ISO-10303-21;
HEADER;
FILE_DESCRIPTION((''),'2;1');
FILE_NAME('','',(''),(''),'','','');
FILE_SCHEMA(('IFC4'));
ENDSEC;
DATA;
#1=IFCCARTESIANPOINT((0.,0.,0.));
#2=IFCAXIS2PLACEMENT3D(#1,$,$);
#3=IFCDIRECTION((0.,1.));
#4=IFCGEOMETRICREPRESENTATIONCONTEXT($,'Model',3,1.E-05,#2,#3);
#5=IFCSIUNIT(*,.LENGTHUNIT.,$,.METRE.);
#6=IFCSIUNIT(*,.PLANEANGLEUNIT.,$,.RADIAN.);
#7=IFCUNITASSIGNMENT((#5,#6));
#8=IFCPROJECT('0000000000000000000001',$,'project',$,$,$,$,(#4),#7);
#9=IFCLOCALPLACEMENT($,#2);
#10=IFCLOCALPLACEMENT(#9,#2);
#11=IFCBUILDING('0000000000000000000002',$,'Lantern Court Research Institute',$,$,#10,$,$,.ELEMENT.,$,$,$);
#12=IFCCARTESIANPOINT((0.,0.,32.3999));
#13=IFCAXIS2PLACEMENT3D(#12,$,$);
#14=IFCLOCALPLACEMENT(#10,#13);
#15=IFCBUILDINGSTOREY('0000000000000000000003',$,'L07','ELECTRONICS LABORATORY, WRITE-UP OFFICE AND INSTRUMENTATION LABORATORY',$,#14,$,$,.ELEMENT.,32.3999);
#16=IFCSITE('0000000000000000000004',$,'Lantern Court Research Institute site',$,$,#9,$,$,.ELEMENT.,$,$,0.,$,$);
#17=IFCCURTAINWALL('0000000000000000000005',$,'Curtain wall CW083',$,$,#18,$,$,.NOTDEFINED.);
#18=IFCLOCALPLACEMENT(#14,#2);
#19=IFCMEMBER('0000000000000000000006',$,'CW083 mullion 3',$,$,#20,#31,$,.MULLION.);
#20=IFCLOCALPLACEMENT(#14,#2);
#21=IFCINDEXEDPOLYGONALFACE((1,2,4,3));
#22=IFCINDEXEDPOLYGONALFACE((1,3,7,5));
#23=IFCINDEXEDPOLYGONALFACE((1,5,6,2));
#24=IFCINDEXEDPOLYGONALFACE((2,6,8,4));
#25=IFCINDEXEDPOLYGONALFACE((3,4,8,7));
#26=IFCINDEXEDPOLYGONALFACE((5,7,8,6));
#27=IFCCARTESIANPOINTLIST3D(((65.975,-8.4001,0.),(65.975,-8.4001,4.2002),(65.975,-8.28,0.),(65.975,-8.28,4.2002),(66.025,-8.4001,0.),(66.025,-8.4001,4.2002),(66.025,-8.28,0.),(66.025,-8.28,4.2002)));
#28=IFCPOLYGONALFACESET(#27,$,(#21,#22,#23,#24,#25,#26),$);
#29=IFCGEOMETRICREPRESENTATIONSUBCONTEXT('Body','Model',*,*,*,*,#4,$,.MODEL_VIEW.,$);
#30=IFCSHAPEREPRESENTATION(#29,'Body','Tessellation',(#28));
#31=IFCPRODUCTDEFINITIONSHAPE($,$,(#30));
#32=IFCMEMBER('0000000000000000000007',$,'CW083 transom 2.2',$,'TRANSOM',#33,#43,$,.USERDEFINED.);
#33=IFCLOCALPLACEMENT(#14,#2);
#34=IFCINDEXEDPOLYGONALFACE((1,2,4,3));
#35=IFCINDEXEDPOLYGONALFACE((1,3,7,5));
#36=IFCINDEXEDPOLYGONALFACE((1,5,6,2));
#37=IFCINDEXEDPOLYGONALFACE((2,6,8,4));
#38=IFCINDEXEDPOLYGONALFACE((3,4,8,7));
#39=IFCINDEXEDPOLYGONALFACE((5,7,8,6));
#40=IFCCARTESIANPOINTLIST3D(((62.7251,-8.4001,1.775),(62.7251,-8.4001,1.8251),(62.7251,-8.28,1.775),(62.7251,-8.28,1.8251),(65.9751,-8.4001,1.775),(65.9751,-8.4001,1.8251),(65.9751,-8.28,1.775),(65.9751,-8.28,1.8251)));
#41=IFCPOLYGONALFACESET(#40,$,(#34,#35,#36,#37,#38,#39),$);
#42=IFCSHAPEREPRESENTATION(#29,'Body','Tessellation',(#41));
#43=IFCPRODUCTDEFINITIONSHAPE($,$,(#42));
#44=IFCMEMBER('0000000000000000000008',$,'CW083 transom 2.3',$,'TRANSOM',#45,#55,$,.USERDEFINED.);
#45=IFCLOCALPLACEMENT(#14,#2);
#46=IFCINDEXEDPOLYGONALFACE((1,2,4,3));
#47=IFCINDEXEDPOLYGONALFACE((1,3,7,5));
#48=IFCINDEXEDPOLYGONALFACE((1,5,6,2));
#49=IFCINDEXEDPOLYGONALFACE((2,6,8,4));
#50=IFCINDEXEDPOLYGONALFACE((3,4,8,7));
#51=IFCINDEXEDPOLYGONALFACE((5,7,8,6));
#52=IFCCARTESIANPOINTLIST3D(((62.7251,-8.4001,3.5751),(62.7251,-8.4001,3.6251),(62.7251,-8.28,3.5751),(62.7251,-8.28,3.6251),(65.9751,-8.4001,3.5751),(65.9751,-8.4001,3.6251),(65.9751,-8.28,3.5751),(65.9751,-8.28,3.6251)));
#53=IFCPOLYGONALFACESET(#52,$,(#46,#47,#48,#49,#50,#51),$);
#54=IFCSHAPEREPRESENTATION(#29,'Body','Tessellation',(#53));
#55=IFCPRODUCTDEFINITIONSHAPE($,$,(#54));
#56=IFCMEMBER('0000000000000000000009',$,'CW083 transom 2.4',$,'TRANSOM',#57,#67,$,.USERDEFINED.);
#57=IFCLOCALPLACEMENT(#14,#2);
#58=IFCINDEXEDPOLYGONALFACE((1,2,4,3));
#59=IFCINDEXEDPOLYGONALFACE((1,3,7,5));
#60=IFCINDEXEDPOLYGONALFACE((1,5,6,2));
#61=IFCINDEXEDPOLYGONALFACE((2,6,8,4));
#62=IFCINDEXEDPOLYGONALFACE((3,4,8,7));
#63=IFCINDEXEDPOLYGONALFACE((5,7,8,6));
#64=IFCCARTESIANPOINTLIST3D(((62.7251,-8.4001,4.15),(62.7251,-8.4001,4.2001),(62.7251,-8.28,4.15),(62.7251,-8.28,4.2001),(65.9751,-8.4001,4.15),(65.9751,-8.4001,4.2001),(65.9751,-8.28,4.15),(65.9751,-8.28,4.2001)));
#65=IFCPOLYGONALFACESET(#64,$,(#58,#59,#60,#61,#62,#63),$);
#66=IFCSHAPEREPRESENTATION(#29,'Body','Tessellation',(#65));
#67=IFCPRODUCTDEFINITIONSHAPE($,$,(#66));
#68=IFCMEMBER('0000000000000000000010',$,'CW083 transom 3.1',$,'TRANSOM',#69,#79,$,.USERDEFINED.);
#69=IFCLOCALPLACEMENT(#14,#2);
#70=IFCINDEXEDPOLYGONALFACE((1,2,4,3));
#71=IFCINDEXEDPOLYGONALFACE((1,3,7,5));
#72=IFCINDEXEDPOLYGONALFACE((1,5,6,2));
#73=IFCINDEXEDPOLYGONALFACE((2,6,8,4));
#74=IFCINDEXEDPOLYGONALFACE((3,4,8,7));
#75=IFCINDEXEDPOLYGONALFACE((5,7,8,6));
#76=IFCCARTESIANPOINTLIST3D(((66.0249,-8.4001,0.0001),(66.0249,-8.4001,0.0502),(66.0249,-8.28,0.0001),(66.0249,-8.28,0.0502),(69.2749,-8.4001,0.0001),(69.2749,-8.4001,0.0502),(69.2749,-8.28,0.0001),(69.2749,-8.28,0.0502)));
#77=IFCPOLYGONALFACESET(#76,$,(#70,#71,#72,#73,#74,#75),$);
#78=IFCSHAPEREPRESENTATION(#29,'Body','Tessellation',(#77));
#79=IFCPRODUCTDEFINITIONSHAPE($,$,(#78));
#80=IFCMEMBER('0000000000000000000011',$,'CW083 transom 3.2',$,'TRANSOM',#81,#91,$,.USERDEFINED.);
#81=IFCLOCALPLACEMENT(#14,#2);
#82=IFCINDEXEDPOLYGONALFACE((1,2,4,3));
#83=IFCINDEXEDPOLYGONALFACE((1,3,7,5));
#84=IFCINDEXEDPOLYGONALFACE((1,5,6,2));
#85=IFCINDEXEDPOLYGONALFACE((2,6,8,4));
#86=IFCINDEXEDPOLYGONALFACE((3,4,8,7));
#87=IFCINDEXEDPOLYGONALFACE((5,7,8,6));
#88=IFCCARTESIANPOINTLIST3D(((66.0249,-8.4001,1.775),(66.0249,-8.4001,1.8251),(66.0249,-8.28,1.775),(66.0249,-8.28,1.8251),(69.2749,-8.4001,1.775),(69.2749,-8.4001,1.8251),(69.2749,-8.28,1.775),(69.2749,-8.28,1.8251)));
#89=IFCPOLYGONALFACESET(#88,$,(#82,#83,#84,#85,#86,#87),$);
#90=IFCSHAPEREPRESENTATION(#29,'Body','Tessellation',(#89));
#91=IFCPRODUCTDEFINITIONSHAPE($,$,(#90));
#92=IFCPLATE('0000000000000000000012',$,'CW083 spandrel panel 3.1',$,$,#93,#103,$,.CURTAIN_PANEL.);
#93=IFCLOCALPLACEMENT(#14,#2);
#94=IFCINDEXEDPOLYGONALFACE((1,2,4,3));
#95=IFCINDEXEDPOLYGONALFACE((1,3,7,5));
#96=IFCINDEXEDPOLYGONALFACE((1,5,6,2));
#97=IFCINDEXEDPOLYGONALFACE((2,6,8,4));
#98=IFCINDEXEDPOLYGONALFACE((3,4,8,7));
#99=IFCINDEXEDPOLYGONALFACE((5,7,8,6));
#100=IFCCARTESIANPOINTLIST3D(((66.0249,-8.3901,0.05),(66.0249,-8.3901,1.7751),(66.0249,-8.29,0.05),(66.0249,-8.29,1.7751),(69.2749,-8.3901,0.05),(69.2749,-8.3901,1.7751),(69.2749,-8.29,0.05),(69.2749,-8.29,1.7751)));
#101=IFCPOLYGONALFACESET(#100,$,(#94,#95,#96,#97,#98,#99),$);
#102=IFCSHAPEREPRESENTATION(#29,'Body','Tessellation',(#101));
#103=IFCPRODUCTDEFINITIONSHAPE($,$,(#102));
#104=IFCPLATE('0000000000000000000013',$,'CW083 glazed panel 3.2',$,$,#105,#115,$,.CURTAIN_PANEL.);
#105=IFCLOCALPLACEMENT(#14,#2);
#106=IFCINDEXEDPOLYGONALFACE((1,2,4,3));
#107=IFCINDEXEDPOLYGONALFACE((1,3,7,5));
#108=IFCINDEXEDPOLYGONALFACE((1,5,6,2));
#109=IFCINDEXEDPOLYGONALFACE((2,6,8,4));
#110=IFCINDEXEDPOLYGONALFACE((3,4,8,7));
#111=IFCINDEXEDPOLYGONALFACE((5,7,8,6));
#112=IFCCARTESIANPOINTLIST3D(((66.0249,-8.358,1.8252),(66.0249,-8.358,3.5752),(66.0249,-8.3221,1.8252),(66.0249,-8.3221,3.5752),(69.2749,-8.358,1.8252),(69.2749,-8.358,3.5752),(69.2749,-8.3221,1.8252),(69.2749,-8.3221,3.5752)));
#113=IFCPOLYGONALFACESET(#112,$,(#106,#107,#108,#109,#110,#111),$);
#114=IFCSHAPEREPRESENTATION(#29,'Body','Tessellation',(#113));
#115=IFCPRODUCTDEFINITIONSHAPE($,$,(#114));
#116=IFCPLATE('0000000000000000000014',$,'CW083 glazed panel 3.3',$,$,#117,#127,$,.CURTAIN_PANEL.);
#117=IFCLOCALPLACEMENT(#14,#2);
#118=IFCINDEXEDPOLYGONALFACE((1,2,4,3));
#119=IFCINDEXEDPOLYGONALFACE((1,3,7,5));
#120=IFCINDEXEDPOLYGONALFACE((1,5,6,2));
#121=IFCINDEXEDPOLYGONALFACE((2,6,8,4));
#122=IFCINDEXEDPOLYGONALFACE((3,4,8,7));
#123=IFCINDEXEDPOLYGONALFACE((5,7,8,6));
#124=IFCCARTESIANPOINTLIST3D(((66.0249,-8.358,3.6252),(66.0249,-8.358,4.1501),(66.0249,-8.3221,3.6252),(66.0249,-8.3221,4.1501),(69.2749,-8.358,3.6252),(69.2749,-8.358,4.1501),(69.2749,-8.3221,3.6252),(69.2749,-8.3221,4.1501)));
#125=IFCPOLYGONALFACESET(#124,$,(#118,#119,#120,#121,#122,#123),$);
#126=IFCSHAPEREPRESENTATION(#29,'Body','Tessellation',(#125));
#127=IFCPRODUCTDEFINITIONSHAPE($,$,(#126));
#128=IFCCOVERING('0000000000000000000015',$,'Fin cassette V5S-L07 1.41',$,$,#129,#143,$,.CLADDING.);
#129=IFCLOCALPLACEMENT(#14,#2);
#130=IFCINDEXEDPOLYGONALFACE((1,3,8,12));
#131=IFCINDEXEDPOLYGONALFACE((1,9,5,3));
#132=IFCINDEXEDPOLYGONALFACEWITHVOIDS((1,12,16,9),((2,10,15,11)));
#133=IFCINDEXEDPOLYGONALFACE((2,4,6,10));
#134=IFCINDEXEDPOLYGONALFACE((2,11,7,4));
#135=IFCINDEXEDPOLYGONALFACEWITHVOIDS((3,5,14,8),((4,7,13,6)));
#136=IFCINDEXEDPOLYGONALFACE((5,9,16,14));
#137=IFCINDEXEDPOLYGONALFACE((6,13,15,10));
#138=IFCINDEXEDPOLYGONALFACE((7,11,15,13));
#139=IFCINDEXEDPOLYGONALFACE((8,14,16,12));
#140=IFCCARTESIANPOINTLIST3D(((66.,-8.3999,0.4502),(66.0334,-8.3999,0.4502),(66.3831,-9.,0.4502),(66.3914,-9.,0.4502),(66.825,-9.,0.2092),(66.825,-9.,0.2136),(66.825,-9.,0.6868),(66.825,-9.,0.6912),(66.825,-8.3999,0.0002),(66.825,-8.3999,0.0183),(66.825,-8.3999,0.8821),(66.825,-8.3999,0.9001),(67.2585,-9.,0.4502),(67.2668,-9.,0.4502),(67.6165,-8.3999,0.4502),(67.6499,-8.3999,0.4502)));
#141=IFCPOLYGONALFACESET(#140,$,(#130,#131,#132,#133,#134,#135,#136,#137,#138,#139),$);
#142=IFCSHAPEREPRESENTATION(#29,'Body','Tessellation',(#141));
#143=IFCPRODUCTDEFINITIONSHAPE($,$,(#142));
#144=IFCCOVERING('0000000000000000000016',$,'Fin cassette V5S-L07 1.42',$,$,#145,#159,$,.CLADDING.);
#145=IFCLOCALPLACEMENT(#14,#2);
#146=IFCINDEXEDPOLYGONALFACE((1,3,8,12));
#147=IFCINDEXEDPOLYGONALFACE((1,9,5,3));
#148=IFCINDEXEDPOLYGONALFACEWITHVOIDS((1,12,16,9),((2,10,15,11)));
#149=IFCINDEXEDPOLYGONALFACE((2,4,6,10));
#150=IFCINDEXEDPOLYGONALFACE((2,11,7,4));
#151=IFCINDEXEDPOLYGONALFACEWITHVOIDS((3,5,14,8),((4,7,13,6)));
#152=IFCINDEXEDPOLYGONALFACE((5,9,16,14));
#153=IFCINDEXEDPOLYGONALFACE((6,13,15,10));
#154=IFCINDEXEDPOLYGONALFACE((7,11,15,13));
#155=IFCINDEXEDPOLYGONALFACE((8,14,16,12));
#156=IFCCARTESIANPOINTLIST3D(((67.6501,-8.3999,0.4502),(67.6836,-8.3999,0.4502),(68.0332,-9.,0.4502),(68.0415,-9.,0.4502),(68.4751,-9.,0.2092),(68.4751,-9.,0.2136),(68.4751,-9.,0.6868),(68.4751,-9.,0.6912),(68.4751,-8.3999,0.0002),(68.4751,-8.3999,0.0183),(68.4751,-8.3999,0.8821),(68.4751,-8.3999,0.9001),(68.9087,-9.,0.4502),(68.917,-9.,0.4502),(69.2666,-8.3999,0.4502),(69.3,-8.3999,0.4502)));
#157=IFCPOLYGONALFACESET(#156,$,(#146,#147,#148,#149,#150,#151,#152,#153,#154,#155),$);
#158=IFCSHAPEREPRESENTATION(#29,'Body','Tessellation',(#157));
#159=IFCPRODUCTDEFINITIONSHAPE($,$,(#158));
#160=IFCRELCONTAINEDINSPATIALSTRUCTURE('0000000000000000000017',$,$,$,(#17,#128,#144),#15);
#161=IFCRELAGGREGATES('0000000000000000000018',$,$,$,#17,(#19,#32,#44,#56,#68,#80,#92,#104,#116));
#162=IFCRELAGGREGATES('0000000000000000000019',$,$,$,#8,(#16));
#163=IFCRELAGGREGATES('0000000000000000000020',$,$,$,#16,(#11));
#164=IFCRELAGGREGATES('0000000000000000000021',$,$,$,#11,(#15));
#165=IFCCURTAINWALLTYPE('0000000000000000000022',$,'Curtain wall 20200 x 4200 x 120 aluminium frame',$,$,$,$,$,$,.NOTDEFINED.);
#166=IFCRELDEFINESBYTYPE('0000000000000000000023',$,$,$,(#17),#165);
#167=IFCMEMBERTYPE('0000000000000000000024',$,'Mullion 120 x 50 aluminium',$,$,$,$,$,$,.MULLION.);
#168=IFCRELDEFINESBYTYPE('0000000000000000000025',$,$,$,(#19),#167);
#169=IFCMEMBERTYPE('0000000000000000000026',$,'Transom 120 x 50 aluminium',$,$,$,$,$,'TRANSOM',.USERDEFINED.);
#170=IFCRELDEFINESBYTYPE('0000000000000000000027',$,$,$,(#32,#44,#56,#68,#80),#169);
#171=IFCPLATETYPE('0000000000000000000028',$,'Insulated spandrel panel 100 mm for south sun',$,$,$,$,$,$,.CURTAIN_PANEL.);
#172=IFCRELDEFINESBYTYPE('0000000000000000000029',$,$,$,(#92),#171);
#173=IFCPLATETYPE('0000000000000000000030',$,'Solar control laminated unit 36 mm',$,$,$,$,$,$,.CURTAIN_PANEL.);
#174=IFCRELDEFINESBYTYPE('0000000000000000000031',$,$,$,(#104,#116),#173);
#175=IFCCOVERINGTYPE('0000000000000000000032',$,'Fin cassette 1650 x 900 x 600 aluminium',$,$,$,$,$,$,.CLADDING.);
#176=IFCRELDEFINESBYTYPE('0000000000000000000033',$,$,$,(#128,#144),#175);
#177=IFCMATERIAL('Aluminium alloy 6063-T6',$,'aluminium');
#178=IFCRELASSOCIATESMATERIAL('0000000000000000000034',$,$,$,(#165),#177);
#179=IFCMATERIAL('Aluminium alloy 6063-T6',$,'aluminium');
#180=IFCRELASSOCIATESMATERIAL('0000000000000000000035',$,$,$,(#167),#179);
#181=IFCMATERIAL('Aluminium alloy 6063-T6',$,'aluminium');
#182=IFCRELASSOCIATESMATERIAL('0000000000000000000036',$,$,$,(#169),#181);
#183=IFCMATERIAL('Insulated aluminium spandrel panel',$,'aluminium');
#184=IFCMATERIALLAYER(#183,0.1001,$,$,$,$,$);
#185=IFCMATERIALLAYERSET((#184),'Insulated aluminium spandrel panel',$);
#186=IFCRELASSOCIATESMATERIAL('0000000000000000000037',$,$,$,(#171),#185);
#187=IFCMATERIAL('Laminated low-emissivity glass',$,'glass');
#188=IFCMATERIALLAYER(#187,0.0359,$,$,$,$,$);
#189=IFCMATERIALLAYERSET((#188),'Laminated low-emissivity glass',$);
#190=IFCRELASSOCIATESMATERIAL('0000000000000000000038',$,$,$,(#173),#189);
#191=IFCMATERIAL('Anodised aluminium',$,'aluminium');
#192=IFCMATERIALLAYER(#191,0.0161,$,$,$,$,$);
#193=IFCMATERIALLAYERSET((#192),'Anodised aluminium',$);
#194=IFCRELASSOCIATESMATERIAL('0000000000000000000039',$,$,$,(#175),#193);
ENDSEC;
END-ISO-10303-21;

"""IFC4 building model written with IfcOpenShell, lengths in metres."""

from ifc_helpers import new_model, entity, si_unit, direction, frame, origin, origin_2d, place, context, subcontext, project, spatial, rectangle, extrude, material, layer, layer_set, material_profile, profile_set, type_object, element, aggregate, save


model = new_model("IFC4")

# Units and contexts
model_context = context("Model", 3, precision=1e-05, world=origin(), true_north=direction((0.0, 1.0)))
body_context = subcontext(model_context, "Body", "Model", "MODEL_VIEW")
ifc_project = project(units=[si_unit("LENGTHUNIT", "METRE"), si_unit("PLANEANGLEUNIT", "RADIAN")], contexts=[model_context])

# Site, building, storey
site_placement = place(None, origin())
site = spatial("IfcSite", under=ifc_project, at=site_placement, Name="Lantern Court Research Institute site", CompositionType="ELEMENT", RefElevation=0.0)
building_placement = place(site_placement, origin())
building = spatial("IfcBuilding", under=site, at=building_placement, Name="Lantern Court Research Institute", CompositionType="ELEMENT")
storey_placement = place(building_placement, frame((0.0, 0.0, 32.3999)))
storey = spatial("IfcBuildingStorey", under=building, at=storey_placement, Name="L07", Description="ELECTRONICS LABORATORY, WRITE-UP OFFICE AND INSTRUMENTATION LABORATORY", CompositionType="ELEMENT", Elevation=32.3999)

# Curtain wall, members, plates
ifc_material_1 = material(Name="Aluminium alloy 6063-T6", Category="aluminium")
curtain_wall_type = type_object("IfcCurtainWallType", Name="Curtain wall 20200 x 4200 x 120 aluminium frame", PredefinedType="NOTDEFINED", material=ifc_material_1)
curtain_wall_placement = place(storey_placement, origin())
curtain_wall = element("IfcCurtainWall", 1, at=curtain_wall_placement, inside=storey, type_object=curtain_wall_type, Name="Curtain wall CW083", PredefinedType="NOTDEFINED")
ifc_material_2 = material(Name="Aluminium alloy 6063-T6", Category="aluminium")
ifc_material_profile_1 = material_profile(ifc_material_2, rectangle(XDim=0.1201, YDim=0.05, at=origin_2d()), Name="Mullion 120 x 50")
ifc_profile_set_1 = profile_set([ifc_material_profile_1], Name="Aluminium alloy 6063-T6")
member_type_1 = type_object("IfcMemberType", Name="Mullion 120 x 50 aluminium", PredefinedType="MULLION", material=ifc_profile_set_1)
member_1_placement = place(storey_placement, frame((66.0, -8.3401, 0.0), z_axis=(0.0, 0.0, 1.0), x_axis=(0.0, -1.0, 0.0)))
member_1 = element("IfcMember", 2, at=member_1_placement, type_object=member_type_1, Name="CW083 mullion 3", PredefinedType="MULLION", context=body_context, shape_type="SweptSolid", body=[
    extrude(rectangle(XDim=0.1201, YDim=0.05, at=origin_2d()), origin(), (0.0, 0.0, 1.0), 4.2002),
])
ifc_material_3 = material(Name="Aluminium alloy 6063-T6", Category="aluminium")
ifc_material_profile_2 = material_profile(ifc_material_3, rectangle(XDim=0.1201, YDim=0.05, at=origin_2d()), Name="Transom 120 x 50")
ifc_profile_set_2 = profile_set([ifc_material_profile_2], Name="Aluminium alloy 6063-T6")
member_type_2 = type_object("IfcMemberType", Name="Transom 120 x 50 aluminium", ElementType="TRANSOM", PredefinedType="USERDEFINED", material=ifc_profile_set_2)
member_2_placement = place(storey_placement, frame((65.9751, -8.3401, 1.8), z_axis=(-1.0, 0.0, 0.0), x_axis=(0.0, -1.0, 0.0)))
member_2 = element("IfcMember", 3, at=member_2_placement, type_object=member_type_2, Name="CW083 transom 2.2", ObjectType="TRANSOM", PredefinedType="USERDEFINED", context=body_context, shape_type="SweptSolid", body=[
    extrude(rectangle(XDim=0.1201, YDim=0.05, at=origin_2d()), origin(), (0.0, 0.0, 1.0), 3.25),
])
member_3_placement = place(storey_placement, frame((65.9751, -8.3401, 3.6001), z_axis=(-1.0, 0.0, 0.0), x_axis=(0.0, -1.0, 0.0)))
member_3 = element("IfcMember", 4, at=member_3_placement, type_object=member_type_2, Name="CW083 transom 2.3", ObjectType="TRANSOM", PredefinedType="USERDEFINED", context=body_context, shape_type="SweptSolid", body=[
    extrude(rectangle(XDim=0.1201, YDim=0.05, at=origin_2d()), origin(), (0.0, 0.0, 1.0), 3.25),
])
member_4_placement = place(storey_placement, frame((65.9751, -8.3401, 4.175), z_axis=(-1.0, 0.0, 0.0), x_axis=(0.0, -1.0, 0.0)))
member_4 = element("IfcMember", 5, at=member_4_placement, type_object=member_type_2, Name="CW083 transom 2.4", ObjectType="TRANSOM", PredefinedType="USERDEFINED", context=body_context, shape_type="SweptSolid", body=[
    extrude(rectangle(XDim=0.1201, YDim=0.05, at=origin_2d()), origin(), (0.0, 0.0, 1.0), 3.25),
])
member_5_placement = place(storey_placement, frame((69.2749, -8.3401, 0.0251), z_axis=(-1.0, 0.0, 0.0), x_axis=(0.0, -1.0, 0.0)))
member_5 = element("IfcMember", 6, at=member_5_placement, type_object=member_type_2, Name="CW083 transom 3.1", ObjectType="TRANSOM", PredefinedType="USERDEFINED", context=body_context, shape_type="SweptSolid", body=[
    extrude(rectangle(XDim=0.1201, YDim=0.05, at=origin_2d()), origin(), (0.0, 0.0, 1.0), 3.25),
])
member_6_placement = place(storey_placement, frame((69.2749, -8.3401, 1.8), z_axis=(-1.0, 0.0, 0.0), x_axis=(0.0, -1.0, 0.0)))
member_6 = element("IfcMember", 7, at=member_6_placement, type_object=member_type_2, Name="CW083 transom 3.2", ObjectType="TRANSOM", PredefinedType="USERDEFINED", context=body_context, shape_type="SweptSolid", body=[
    extrude(rectangle(XDim=0.1201, YDim=0.05, at=origin_2d()), origin(), (0.0, 0.0, 1.0), 3.25),
])
ifc_material_4 = material(Name="Insulated aluminium spandrel panel", Category="aluminium")
ifc_layer_1 = layer(ifc_material_4, 0.1001)
ifc_layer_set_1 = layer_set([ifc_layer_1], Name="Insulated aluminium spandrel panel")
plate_type_1 = type_object("IfcPlateType", Name="Insulated spandrel panel 100 mm for south sun", PredefinedType="CURTAIN_PANEL", material=ifc_layer_set_1)
plate_1_placement = place(storey_placement, frame((67.6499, -8.3401, 0.05), z_axis=(0.0, 0.0, 1.0), x_axis=(-1.0, 0.0, 0.0)))
plate_1 = element("IfcPlate", 8, at=plate_1_placement, type_object=plate_type_1, Name="CW083 spandrel panel 3.1", PredefinedType="CURTAIN_PANEL", context=body_context, shape_type="SweptSolid", body=[
    extrude(rectangle(XDim=3.25, YDim=0.1001, at=origin_2d()), origin(), (0.0, 0.0, 1.0), 1.7251),
])
ifc_material_5 = material(Name="Laminated low-emissivity glass", Category="glass")
ifc_layer_2 = layer(ifc_material_5, 0.0359)
ifc_layer_set_2 = layer_set([ifc_layer_2], Name="Laminated low-emissivity glass")
plate_type_2 = type_object("IfcPlateType", Name="Solar control laminated unit 36 mm", PredefinedType="CURTAIN_PANEL", material=ifc_layer_set_2)
plate_2_placement = place(storey_placement, frame((67.6499, -8.3401, 1.8252), z_axis=(0.0, 0.0, 1.0), x_axis=(-1.0, 0.0, 0.0)))
plate_2 = element("IfcPlate", 9, at=plate_2_placement, type_object=plate_type_2, Name="CW083 glazed panel 3.2", PredefinedType="CURTAIN_PANEL", context=body_context, shape_type="SweptSolid", body=[
    extrude(rectangle(XDim=3.25, YDim=0.0359, at=origin_2d()), origin(), (0.0, 0.0, 1.0), 1.75),
])
plate_3_placement = place(storey_placement, frame((67.6499, -8.3401, 3.6252), z_axis=(0.0, 0.0, 1.0), x_axis=(-1.0, 0.0, 0.0)))
plate_3 = element("IfcPlate", 10, at=plate_3_placement, type_object=plate_type_2, Name="CW083 glazed panel 3.3", PredefinedType="CURTAIN_PANEL", context=body_context, shape_type="SweptSolid", body=[
    extrude(rectangle(XDim=3.25, YDim=0.0359, at=origin_2d()), origin(), (0.0, 0.0, 1.0), 0.5249),
])
aggregate(curtain_wall, [member_1, member_2, member_3, member_4, member_5, member_6, plate_1, plate_2, plate_3])

# Coverings
ifc_material_6 = material(Name="Anodised aluminium", Category="aluminium")
ifc_layer_3 = layer(ifc_material_6, 0.0161)
ifc_layer_set_3 = layer_set([ifc_layer_3], Name="Anodised aluminium")
covering_type = type_object("IfcCoveringType", Name="Fin cassette 1650 x 900 x 600 aluminium", PredefinedType="CLADDING", material=ifc_layer_set_3)
covering_1_placement = place(storey_placement, frame((66.825, -8.3999, 0.4502), z_axis=(0.0, -1.0, 0.0), x_axis=(1.0, 0.0, 0.0)))
cartesian_point_1 = entity("IfcCartesianPoint", [0.825, 0.0])
cartesian_point_2 = entity("IfcCartesianPoint", [0.7915, 0.0])
cartesian_point_3 = entity("IfcCartesianPoint", [0.4419, 0.0])
cartesian_point_4 = entity("IfcCartesianPoint", [0.4336, 0.0])
element("IfcCovering", 11, at=covering_1_placement, inside=storey, type_object=covering_type, Name="Fin cassette V5S-L07 1.41", PredefinedType="CLADDING", context=body_context, shape_type="SweptSolid", body=[
    entity("IfcExtrudedAreaSolidTapered", entity("IfcArbitraryProfileDefWithVoids", "AREA", None, entity("IfcPolyline", [cartesian_point_1, entity("IfcCartesianPoint", [0.0, 0.45]), entity("IfcCartesianPoint", [-0.825, 0.0]), entity("IfcCartesianPoint", [0.0, -0.45]), cartesian_point_1]), [entity("IfcPolyline", [cartesian_point_2, entity("IfcCartesianPoint", [0.0, 0.4319]), entity("IfcCartesianPoint", [-0.7915, 0.0]), entity("IfcCartesianPoint", [0.0, -0.4319]), cartesian_point_2])]), entity("IfcAxis2Placement3D", entity("IfcCartesianPoint", [0.0, 0.0, 0.0])), entity("IfcDirection", [0.0, 0.0, 1.0]), 0.6001, entity("IfcArbitraryProfileDefWithVoids", "AREA", None, entity("IfcPolyline", [cartesian_point_3, entity("IfcCartesianPoint", [0.0, 0.241]), entity("IfcCartesianPoint", [-0.4419, 0.0]), entity("IfcCartesianPoint", [0.0, -0.241]), cartesian_point_3]), [entity("IfcPolyline", [cartesian_point_4, entity("IfcCartesianPoint", [0.0, 0.2366]), entity("IfcCartesianPoint", [-0.4336, 0.0]), entity("IfcCartesianPoint", [0.0, -0.2366]), cartesian_point_4])])),
])
covering_2_placement = place(storey_placement, frame((68.4751, -8.3999, 0.4502), z_axis=(0.0, -1.0, 0.0), x_axis=(1.0, 0.0, 0.0)))
cartesian_point_5 = entity("IfcCartesianPoint", [0.825, 0.0])
cartesian_point_6 = entity("IfcCartesianPoint", [0.7915, 0.0])
cartesian_point_7 = entity("IfcCartesianPoint", [0.4419, 0.0])
cartesian_point_8 = entity("IfcCartesianPoint", [0.4336, 0.0])
element("IfcCovering", 12, at=covering_2_placement, inside=storey, type_object=covering_type, Name="Fin cassette V5S-L07 1.42", PredefinedType="CLADDING", context=body_context, shape_type="SweptSolid", body=[
    entity("IfcExtrudedAreaSolidTapered", entity("IfcArbitraryProfileDefWithVoids", "AREA", None, entity("IfcPolyline", [cartesian_point_5, entity("IfcCartesianPoint", [0.0, 0.45]), entity("IfcCartesianPoint", [-0.825, 0.0]), entity("IfcCartesianPoint", [0.0, -0.45]), cartesian_point_5]), [entity("IfcPolyline", [cartesian_point_6, entity("IfcCartesianPoint", [0.0, 0.4319]), entity("IfcCartesianPoint", [-0.7915, 0.0]), entity("IfcCartesianPoint", [0.0, -0.4319]), cartesian_point_6])]), entity("IfcAxis2Placement3D", entity("IfcCartesianPoint", [0.0, 0.0, 0.0])), entity("IfcDirection", [0.0, 0.0, 1.0]), 0.6001, entity("IfcArbitraryProfileDefWithVoids", "AREA", None, entity("IfcPolyline", [cartesian_point_7, entity("IfcCartesianPoint", [0.0, 0.241]), entity("IfcCartesianPoint", [-0.4419, 0.0]), entity("IfcCartesianPoint", [0.0, -0.241]), cartesian_point_7]), [entity("IfcPolyline", [cartesian_point_8, entity("IfcCartesianPoint", [0.0, 0.2366]), entity("IfcCartesianPoint", [-0.4336, 0.0]), entity("IfcCartesianPoint", [0.0, -0.2366]), cartesian_point_8])])),
])

save(model, "model.ifc")
